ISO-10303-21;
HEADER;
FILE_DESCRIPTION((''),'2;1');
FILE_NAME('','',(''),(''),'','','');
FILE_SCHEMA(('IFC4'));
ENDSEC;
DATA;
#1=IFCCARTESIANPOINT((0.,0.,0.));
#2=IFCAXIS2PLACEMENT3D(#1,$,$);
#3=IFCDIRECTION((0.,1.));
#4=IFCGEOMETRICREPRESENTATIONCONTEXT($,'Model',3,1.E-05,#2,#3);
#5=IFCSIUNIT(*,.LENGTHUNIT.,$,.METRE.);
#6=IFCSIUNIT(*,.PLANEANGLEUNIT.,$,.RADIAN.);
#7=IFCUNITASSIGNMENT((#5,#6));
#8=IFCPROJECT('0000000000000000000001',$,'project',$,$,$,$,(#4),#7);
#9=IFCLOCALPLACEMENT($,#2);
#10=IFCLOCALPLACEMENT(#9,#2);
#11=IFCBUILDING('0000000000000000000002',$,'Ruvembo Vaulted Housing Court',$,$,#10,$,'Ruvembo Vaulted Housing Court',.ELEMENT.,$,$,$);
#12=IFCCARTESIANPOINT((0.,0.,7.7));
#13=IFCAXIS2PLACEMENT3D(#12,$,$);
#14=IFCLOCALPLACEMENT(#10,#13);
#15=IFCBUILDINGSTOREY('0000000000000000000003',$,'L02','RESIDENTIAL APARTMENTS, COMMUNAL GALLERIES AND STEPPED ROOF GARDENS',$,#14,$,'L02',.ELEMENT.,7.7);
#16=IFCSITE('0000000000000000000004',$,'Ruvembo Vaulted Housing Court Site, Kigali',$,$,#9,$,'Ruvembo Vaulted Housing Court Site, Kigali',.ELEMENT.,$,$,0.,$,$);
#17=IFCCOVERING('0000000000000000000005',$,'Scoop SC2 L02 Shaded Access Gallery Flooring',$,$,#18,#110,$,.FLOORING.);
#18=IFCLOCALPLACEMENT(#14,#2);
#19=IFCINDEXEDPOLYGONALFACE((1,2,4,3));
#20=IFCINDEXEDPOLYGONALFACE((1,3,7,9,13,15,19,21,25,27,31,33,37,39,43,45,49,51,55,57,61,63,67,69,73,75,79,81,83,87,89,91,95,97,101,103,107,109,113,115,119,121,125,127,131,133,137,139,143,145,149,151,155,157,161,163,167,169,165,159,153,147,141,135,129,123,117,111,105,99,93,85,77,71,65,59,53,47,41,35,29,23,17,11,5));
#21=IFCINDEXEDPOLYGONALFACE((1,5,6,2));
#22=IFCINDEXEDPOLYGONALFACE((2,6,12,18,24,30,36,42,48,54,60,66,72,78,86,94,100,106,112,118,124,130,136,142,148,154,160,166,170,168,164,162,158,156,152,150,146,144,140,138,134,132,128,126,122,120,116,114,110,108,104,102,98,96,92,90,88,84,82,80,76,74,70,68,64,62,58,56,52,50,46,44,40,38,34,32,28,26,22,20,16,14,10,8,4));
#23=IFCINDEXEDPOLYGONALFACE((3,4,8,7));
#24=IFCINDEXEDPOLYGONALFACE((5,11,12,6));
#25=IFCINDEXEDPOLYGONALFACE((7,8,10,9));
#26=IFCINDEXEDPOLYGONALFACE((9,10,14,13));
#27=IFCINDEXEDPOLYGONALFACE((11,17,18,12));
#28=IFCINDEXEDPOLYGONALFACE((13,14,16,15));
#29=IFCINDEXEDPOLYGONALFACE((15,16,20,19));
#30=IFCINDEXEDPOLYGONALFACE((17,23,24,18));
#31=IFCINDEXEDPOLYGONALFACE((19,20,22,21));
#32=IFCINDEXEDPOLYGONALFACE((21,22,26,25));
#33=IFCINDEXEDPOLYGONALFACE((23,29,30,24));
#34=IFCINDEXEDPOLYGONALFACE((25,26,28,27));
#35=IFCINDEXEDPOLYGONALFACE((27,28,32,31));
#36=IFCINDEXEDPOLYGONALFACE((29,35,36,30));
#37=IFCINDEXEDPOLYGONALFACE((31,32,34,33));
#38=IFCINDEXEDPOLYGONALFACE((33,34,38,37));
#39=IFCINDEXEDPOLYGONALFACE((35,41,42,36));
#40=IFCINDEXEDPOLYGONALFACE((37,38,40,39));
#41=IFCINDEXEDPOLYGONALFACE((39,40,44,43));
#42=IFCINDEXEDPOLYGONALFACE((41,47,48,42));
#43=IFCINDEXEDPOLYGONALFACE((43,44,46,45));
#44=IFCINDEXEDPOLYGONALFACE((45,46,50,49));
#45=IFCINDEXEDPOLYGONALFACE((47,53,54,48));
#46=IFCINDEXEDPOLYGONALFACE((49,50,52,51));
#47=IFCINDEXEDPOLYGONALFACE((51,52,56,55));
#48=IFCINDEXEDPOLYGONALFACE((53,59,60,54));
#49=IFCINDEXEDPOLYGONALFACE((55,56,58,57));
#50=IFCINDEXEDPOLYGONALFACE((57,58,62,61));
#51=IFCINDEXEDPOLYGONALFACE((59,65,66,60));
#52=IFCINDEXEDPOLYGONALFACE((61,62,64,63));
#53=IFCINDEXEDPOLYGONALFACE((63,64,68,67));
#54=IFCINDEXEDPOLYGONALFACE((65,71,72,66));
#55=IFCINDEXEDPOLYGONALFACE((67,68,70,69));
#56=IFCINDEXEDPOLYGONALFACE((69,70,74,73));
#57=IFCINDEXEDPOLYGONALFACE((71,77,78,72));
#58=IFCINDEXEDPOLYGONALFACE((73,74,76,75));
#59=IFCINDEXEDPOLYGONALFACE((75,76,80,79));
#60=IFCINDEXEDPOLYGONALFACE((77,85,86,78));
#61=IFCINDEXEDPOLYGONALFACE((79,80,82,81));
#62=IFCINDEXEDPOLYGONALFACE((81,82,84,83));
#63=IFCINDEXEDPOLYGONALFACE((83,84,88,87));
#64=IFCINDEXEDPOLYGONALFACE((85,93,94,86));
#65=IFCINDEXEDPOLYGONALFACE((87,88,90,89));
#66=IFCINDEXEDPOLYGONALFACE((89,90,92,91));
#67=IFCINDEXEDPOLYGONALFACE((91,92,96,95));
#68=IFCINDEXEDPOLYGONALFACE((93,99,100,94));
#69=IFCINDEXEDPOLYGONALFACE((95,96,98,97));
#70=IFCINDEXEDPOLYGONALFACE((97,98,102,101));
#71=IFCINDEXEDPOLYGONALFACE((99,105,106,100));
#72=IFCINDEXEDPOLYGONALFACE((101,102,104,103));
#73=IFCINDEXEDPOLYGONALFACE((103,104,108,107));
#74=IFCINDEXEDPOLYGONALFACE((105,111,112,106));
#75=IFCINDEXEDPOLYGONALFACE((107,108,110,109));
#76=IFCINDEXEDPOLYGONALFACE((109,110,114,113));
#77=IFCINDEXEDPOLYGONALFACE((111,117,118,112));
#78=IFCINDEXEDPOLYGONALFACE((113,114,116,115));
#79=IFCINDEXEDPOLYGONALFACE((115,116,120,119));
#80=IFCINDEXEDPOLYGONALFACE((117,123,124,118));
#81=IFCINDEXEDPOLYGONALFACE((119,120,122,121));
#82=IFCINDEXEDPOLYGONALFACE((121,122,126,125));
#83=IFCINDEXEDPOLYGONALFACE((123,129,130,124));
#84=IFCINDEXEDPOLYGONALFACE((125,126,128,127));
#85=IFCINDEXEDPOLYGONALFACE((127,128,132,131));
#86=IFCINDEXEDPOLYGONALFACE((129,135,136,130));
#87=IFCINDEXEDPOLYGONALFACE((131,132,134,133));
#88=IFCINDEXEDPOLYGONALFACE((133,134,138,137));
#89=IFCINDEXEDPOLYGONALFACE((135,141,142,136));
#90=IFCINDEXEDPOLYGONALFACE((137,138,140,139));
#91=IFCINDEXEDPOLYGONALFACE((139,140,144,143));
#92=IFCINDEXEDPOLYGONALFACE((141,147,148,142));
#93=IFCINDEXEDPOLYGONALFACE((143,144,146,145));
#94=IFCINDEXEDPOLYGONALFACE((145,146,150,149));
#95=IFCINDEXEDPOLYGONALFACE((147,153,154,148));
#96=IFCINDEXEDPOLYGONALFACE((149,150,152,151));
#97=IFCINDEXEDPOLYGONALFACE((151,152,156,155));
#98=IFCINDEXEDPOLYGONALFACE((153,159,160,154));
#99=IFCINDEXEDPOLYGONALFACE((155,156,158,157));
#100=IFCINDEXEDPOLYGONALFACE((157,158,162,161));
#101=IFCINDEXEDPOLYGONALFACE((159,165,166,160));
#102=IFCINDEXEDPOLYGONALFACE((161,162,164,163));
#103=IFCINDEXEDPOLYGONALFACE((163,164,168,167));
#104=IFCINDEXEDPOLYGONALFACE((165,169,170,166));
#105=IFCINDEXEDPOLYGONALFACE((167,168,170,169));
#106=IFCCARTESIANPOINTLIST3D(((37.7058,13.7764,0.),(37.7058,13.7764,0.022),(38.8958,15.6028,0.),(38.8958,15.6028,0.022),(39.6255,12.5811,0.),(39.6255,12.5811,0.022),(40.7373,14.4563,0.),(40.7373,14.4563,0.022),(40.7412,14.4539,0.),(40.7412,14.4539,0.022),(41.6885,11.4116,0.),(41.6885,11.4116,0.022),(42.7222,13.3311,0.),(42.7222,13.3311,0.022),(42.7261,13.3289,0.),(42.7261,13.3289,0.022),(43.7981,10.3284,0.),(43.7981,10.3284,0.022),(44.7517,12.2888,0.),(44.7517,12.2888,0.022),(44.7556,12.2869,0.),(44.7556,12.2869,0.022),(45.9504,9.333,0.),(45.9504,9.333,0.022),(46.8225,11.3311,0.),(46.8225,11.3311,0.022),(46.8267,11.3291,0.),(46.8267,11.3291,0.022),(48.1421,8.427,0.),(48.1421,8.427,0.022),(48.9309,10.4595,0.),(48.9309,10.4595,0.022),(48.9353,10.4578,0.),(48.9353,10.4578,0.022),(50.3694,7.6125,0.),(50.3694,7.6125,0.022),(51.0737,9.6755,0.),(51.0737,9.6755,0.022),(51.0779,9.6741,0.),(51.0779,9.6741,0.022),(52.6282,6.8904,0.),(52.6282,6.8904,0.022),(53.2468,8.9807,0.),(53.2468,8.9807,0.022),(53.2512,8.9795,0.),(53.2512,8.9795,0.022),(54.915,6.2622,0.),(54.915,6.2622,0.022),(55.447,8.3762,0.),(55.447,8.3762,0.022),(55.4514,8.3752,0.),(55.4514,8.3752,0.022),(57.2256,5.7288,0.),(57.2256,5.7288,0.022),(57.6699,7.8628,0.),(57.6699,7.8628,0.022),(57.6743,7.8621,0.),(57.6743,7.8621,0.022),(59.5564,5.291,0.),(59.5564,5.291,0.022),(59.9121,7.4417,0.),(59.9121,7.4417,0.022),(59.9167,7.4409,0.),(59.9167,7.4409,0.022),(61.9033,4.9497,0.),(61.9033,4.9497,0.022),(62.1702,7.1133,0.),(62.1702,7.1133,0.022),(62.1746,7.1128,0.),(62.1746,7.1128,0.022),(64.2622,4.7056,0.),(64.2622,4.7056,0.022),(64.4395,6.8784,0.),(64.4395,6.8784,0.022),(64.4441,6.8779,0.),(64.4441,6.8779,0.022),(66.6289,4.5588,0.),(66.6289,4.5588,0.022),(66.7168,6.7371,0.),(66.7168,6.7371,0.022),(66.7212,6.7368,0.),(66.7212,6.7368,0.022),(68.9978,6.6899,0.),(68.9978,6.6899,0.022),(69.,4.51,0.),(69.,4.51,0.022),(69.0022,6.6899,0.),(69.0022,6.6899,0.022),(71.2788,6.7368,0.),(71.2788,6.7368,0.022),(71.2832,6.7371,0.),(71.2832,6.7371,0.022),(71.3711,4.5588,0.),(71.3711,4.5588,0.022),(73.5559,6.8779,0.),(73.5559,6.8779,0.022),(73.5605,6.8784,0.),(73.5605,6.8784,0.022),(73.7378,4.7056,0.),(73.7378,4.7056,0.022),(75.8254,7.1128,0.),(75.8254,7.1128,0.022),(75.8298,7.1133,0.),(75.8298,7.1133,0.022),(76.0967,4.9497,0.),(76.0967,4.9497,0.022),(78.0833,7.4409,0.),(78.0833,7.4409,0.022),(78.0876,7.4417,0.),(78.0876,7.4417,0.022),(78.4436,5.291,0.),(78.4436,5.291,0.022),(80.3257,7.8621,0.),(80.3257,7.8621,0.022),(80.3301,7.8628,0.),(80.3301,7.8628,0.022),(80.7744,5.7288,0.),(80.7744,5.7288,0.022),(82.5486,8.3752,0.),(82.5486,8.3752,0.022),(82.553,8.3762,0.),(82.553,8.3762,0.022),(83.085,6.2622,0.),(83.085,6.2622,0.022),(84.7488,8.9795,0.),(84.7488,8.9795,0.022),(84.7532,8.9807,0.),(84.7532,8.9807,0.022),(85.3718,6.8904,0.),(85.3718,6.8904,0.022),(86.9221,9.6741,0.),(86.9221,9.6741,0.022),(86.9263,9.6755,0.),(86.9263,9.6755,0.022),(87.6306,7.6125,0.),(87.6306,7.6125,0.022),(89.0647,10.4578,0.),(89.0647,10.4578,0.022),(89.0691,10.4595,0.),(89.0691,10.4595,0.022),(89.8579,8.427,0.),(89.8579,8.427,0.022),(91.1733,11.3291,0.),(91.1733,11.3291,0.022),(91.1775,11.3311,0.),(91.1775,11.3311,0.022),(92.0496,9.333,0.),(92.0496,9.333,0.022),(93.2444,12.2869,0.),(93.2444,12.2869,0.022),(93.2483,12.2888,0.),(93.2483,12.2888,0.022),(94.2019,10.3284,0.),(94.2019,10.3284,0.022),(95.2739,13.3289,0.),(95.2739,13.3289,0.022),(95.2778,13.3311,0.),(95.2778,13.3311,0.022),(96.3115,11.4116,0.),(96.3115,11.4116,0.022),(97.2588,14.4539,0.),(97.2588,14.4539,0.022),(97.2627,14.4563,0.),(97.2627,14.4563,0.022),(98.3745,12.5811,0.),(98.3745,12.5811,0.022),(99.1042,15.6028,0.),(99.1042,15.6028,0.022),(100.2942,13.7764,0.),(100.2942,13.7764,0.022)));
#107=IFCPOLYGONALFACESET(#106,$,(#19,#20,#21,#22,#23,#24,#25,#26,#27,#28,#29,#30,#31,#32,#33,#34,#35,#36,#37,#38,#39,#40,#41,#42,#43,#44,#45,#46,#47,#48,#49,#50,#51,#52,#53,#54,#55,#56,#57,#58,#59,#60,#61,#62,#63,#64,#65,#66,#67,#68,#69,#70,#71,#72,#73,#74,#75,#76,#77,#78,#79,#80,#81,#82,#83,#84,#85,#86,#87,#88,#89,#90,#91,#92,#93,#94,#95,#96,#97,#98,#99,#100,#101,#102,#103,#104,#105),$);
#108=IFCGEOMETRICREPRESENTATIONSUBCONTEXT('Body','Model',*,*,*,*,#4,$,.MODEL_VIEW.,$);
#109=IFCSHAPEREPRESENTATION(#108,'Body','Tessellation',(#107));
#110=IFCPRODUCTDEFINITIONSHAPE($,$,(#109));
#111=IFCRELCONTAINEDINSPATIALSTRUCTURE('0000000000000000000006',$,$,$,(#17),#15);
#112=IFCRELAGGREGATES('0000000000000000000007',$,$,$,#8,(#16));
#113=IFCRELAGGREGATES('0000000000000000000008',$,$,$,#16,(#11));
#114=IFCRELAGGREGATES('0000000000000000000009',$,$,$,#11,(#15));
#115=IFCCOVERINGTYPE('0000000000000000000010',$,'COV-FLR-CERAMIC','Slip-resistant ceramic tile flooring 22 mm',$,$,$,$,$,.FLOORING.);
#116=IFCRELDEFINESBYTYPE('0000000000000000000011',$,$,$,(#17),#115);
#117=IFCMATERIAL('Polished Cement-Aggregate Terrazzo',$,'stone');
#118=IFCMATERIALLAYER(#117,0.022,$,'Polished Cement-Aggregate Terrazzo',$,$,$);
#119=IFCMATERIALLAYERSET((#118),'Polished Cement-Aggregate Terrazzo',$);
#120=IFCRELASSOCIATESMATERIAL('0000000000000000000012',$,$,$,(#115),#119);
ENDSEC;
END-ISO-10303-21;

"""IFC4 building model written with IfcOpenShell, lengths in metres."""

from ifc_helpers import new_model, si_unit, direction, frame, origin, place, context, subcontext, project, spatial, polyline, outline, extrude, material, layer, layer_set, type_object, element, save


model = new_model("IFC4")

# Units and contexts
model_context = context("Model", 3, precision=1e-05, world=origin(), true_north=direction((0.0, 1.0)))
body_context = subcontext(model_context, "Body", "Model", "MODEL_VIEW")
ifc_project = project(units=[si_unit("LENGTHUNIT", "METRE"), si_unit("PLANEANGLEUNIT", "RADIAN")], contexts=[model_context])

# Site, building, storey
site_placement = place(None, origin())
site = spatial("IfcSite", under=ifc_project, at=site_placement, Name="Ruvembo Vaulted Housing Court Site, Kigali", LongName="Ruvembo Vaulted Housing Court Site, Kigali", CompositionType="ELEMENT", RefElevation=0.0)
building_placement = place(site_placement, origin())
building = spatial("IfcBuilding", under=site, at=building_placement, Name="Ruvembo Vaulted Housing Court", LongName="Ruvembo Vaulted Housing Court", CompositionType="ELEMENT")
storey_placement = place(building_placement, frame((0.0, 0.0, 7.7)))
storey = spatial("IfcBuildingStorey", under=building, at=storey_placement, Name="L02", Description="RESIDENTIAL APARTMENTS, COMMUNAL GALLERIES AND STEPPED ROOF GARDENS", LongName="L02", CompositionType="ELEMENT", Elevation=7.7)

# Covering
ifc_material_1 = material(Name="Polished Cement-Aggregate Terrazzo", Category="stone")
ifc_layer_1 = layer(ifc_material_1, 0.022, Name="Polished Cement-Aggregate Terrazzo")
ifc_layer_set_1 = layer_set([ifc_layer_1], Name="Polished Cement-Aggregate Terrazzo")
covering_type_1 = type_object("IfcCoveringType", Name="COV-FLR-CERAMIC", Description="Slip-resistant ceramic tile flooring 22 mm", PredefinedType="FLOORING", material=ifc_layer_set_1)
covering_1_placement = place(storey_placement, origin())
element("IfcCovering", 1, at=covering_1_placement, inside=storey, type_object=covering_type_1, Name="Scoop SC2 L02 Shaded Access Gallery Flooring", PredefinedType="FLOORING", context=body_context, shape_type="SweptSolid", body=[
    extrude(outline(polyline([(37.7058, 13.7764), (39.6255, 12.5811), (41.6885, 11.4116), (43.7981, 10.3284), (45.9504, 9.333), (48.1421, 8.427), (50.3694, 7.6125), (52.6282, 6.8904), (54.915, 6.2622), (57.2256, 5.7288), (59.5564, 5.291), (61.9033, 4.9497), (64.2622, 4.7056), (66.6289, 4.5588), (69.0, 4.51), (71.3711, 4.5588), (73.7378, 4.7056), (76.0967, 4.9497), (78.4436, 5.291), (80.7744, 5.7288), (83.085, 6.2622), (85.3718, 6.8904), (87.6306, 7.6125), (89.8579, 8.427), (92.0496, 9.333), (94.2019, 10.3284), (96.3115, 11.4116), (98.3745, 12.5811), (100.2942, 13.7764), (99.1042, 15.6028), (97.2627, 14.4563), (97.2588, 14.4539), (95.2778, 13.3311), (95.2739, 13.3289), (93.2483, 12.2888), (93.2444, 12.2869), (91.1775, 11.3311), (91.1733, 11.3291), (89.0691, 10.4595), (89.0647, 10.4578), (86.9263, 9.6755), (86.9221, 9.6741), (84.7532, 8.9807), (84.7488, 8.9795), (82.553, 8.3762), (82.5486, 8.3752), (80.3301, 7.8628), (80.3257, 7.8621), (78.0876, 7.4417), (78.0833, 7.4409), (75.8298, 7.1133), (75.8254, 7.1128), (73.5605, 6.8784), (73.5559, 6.8779), (71.2832, 6.7371), (71.2788, 6.7368), (69.0022, 6.6899), (68.9978, 6.6899), (66.7212, 6.7368), (66.7168, 6.7371), (64.4441, 6.8779), (64.4395, 6.8784), (62.1746, 7.1128), (62.1702, 7.1133), (59.9167, 7.4409), (59.9121, 7.4417), (57.6743, 7.8621), (57.6699, 7.8628), (55.4514, 8.3752), (55.447, 8.3762), (53.2512, 8.9795), (53.2468, 8.9807), (51.0779, 9.6741), (51.0737, 9.6755), (48.9353, 10.4578), (48.9309, 10.4595), (46.8267, 11.3291), (46.8225, 11.3311), (44.7556, 12.2869), (44.7517, 12.2888), (42.7261, 13.3289), (42.7222, 13.3311), (40.7412, 14.4539), (40.7373, 14.4563), (38.8958, 15.6028), (37.7058, 13.7764)])), origin(), (0.0, 0.0, 1.0), 0.022),
])

save(model, "model.ifc")
